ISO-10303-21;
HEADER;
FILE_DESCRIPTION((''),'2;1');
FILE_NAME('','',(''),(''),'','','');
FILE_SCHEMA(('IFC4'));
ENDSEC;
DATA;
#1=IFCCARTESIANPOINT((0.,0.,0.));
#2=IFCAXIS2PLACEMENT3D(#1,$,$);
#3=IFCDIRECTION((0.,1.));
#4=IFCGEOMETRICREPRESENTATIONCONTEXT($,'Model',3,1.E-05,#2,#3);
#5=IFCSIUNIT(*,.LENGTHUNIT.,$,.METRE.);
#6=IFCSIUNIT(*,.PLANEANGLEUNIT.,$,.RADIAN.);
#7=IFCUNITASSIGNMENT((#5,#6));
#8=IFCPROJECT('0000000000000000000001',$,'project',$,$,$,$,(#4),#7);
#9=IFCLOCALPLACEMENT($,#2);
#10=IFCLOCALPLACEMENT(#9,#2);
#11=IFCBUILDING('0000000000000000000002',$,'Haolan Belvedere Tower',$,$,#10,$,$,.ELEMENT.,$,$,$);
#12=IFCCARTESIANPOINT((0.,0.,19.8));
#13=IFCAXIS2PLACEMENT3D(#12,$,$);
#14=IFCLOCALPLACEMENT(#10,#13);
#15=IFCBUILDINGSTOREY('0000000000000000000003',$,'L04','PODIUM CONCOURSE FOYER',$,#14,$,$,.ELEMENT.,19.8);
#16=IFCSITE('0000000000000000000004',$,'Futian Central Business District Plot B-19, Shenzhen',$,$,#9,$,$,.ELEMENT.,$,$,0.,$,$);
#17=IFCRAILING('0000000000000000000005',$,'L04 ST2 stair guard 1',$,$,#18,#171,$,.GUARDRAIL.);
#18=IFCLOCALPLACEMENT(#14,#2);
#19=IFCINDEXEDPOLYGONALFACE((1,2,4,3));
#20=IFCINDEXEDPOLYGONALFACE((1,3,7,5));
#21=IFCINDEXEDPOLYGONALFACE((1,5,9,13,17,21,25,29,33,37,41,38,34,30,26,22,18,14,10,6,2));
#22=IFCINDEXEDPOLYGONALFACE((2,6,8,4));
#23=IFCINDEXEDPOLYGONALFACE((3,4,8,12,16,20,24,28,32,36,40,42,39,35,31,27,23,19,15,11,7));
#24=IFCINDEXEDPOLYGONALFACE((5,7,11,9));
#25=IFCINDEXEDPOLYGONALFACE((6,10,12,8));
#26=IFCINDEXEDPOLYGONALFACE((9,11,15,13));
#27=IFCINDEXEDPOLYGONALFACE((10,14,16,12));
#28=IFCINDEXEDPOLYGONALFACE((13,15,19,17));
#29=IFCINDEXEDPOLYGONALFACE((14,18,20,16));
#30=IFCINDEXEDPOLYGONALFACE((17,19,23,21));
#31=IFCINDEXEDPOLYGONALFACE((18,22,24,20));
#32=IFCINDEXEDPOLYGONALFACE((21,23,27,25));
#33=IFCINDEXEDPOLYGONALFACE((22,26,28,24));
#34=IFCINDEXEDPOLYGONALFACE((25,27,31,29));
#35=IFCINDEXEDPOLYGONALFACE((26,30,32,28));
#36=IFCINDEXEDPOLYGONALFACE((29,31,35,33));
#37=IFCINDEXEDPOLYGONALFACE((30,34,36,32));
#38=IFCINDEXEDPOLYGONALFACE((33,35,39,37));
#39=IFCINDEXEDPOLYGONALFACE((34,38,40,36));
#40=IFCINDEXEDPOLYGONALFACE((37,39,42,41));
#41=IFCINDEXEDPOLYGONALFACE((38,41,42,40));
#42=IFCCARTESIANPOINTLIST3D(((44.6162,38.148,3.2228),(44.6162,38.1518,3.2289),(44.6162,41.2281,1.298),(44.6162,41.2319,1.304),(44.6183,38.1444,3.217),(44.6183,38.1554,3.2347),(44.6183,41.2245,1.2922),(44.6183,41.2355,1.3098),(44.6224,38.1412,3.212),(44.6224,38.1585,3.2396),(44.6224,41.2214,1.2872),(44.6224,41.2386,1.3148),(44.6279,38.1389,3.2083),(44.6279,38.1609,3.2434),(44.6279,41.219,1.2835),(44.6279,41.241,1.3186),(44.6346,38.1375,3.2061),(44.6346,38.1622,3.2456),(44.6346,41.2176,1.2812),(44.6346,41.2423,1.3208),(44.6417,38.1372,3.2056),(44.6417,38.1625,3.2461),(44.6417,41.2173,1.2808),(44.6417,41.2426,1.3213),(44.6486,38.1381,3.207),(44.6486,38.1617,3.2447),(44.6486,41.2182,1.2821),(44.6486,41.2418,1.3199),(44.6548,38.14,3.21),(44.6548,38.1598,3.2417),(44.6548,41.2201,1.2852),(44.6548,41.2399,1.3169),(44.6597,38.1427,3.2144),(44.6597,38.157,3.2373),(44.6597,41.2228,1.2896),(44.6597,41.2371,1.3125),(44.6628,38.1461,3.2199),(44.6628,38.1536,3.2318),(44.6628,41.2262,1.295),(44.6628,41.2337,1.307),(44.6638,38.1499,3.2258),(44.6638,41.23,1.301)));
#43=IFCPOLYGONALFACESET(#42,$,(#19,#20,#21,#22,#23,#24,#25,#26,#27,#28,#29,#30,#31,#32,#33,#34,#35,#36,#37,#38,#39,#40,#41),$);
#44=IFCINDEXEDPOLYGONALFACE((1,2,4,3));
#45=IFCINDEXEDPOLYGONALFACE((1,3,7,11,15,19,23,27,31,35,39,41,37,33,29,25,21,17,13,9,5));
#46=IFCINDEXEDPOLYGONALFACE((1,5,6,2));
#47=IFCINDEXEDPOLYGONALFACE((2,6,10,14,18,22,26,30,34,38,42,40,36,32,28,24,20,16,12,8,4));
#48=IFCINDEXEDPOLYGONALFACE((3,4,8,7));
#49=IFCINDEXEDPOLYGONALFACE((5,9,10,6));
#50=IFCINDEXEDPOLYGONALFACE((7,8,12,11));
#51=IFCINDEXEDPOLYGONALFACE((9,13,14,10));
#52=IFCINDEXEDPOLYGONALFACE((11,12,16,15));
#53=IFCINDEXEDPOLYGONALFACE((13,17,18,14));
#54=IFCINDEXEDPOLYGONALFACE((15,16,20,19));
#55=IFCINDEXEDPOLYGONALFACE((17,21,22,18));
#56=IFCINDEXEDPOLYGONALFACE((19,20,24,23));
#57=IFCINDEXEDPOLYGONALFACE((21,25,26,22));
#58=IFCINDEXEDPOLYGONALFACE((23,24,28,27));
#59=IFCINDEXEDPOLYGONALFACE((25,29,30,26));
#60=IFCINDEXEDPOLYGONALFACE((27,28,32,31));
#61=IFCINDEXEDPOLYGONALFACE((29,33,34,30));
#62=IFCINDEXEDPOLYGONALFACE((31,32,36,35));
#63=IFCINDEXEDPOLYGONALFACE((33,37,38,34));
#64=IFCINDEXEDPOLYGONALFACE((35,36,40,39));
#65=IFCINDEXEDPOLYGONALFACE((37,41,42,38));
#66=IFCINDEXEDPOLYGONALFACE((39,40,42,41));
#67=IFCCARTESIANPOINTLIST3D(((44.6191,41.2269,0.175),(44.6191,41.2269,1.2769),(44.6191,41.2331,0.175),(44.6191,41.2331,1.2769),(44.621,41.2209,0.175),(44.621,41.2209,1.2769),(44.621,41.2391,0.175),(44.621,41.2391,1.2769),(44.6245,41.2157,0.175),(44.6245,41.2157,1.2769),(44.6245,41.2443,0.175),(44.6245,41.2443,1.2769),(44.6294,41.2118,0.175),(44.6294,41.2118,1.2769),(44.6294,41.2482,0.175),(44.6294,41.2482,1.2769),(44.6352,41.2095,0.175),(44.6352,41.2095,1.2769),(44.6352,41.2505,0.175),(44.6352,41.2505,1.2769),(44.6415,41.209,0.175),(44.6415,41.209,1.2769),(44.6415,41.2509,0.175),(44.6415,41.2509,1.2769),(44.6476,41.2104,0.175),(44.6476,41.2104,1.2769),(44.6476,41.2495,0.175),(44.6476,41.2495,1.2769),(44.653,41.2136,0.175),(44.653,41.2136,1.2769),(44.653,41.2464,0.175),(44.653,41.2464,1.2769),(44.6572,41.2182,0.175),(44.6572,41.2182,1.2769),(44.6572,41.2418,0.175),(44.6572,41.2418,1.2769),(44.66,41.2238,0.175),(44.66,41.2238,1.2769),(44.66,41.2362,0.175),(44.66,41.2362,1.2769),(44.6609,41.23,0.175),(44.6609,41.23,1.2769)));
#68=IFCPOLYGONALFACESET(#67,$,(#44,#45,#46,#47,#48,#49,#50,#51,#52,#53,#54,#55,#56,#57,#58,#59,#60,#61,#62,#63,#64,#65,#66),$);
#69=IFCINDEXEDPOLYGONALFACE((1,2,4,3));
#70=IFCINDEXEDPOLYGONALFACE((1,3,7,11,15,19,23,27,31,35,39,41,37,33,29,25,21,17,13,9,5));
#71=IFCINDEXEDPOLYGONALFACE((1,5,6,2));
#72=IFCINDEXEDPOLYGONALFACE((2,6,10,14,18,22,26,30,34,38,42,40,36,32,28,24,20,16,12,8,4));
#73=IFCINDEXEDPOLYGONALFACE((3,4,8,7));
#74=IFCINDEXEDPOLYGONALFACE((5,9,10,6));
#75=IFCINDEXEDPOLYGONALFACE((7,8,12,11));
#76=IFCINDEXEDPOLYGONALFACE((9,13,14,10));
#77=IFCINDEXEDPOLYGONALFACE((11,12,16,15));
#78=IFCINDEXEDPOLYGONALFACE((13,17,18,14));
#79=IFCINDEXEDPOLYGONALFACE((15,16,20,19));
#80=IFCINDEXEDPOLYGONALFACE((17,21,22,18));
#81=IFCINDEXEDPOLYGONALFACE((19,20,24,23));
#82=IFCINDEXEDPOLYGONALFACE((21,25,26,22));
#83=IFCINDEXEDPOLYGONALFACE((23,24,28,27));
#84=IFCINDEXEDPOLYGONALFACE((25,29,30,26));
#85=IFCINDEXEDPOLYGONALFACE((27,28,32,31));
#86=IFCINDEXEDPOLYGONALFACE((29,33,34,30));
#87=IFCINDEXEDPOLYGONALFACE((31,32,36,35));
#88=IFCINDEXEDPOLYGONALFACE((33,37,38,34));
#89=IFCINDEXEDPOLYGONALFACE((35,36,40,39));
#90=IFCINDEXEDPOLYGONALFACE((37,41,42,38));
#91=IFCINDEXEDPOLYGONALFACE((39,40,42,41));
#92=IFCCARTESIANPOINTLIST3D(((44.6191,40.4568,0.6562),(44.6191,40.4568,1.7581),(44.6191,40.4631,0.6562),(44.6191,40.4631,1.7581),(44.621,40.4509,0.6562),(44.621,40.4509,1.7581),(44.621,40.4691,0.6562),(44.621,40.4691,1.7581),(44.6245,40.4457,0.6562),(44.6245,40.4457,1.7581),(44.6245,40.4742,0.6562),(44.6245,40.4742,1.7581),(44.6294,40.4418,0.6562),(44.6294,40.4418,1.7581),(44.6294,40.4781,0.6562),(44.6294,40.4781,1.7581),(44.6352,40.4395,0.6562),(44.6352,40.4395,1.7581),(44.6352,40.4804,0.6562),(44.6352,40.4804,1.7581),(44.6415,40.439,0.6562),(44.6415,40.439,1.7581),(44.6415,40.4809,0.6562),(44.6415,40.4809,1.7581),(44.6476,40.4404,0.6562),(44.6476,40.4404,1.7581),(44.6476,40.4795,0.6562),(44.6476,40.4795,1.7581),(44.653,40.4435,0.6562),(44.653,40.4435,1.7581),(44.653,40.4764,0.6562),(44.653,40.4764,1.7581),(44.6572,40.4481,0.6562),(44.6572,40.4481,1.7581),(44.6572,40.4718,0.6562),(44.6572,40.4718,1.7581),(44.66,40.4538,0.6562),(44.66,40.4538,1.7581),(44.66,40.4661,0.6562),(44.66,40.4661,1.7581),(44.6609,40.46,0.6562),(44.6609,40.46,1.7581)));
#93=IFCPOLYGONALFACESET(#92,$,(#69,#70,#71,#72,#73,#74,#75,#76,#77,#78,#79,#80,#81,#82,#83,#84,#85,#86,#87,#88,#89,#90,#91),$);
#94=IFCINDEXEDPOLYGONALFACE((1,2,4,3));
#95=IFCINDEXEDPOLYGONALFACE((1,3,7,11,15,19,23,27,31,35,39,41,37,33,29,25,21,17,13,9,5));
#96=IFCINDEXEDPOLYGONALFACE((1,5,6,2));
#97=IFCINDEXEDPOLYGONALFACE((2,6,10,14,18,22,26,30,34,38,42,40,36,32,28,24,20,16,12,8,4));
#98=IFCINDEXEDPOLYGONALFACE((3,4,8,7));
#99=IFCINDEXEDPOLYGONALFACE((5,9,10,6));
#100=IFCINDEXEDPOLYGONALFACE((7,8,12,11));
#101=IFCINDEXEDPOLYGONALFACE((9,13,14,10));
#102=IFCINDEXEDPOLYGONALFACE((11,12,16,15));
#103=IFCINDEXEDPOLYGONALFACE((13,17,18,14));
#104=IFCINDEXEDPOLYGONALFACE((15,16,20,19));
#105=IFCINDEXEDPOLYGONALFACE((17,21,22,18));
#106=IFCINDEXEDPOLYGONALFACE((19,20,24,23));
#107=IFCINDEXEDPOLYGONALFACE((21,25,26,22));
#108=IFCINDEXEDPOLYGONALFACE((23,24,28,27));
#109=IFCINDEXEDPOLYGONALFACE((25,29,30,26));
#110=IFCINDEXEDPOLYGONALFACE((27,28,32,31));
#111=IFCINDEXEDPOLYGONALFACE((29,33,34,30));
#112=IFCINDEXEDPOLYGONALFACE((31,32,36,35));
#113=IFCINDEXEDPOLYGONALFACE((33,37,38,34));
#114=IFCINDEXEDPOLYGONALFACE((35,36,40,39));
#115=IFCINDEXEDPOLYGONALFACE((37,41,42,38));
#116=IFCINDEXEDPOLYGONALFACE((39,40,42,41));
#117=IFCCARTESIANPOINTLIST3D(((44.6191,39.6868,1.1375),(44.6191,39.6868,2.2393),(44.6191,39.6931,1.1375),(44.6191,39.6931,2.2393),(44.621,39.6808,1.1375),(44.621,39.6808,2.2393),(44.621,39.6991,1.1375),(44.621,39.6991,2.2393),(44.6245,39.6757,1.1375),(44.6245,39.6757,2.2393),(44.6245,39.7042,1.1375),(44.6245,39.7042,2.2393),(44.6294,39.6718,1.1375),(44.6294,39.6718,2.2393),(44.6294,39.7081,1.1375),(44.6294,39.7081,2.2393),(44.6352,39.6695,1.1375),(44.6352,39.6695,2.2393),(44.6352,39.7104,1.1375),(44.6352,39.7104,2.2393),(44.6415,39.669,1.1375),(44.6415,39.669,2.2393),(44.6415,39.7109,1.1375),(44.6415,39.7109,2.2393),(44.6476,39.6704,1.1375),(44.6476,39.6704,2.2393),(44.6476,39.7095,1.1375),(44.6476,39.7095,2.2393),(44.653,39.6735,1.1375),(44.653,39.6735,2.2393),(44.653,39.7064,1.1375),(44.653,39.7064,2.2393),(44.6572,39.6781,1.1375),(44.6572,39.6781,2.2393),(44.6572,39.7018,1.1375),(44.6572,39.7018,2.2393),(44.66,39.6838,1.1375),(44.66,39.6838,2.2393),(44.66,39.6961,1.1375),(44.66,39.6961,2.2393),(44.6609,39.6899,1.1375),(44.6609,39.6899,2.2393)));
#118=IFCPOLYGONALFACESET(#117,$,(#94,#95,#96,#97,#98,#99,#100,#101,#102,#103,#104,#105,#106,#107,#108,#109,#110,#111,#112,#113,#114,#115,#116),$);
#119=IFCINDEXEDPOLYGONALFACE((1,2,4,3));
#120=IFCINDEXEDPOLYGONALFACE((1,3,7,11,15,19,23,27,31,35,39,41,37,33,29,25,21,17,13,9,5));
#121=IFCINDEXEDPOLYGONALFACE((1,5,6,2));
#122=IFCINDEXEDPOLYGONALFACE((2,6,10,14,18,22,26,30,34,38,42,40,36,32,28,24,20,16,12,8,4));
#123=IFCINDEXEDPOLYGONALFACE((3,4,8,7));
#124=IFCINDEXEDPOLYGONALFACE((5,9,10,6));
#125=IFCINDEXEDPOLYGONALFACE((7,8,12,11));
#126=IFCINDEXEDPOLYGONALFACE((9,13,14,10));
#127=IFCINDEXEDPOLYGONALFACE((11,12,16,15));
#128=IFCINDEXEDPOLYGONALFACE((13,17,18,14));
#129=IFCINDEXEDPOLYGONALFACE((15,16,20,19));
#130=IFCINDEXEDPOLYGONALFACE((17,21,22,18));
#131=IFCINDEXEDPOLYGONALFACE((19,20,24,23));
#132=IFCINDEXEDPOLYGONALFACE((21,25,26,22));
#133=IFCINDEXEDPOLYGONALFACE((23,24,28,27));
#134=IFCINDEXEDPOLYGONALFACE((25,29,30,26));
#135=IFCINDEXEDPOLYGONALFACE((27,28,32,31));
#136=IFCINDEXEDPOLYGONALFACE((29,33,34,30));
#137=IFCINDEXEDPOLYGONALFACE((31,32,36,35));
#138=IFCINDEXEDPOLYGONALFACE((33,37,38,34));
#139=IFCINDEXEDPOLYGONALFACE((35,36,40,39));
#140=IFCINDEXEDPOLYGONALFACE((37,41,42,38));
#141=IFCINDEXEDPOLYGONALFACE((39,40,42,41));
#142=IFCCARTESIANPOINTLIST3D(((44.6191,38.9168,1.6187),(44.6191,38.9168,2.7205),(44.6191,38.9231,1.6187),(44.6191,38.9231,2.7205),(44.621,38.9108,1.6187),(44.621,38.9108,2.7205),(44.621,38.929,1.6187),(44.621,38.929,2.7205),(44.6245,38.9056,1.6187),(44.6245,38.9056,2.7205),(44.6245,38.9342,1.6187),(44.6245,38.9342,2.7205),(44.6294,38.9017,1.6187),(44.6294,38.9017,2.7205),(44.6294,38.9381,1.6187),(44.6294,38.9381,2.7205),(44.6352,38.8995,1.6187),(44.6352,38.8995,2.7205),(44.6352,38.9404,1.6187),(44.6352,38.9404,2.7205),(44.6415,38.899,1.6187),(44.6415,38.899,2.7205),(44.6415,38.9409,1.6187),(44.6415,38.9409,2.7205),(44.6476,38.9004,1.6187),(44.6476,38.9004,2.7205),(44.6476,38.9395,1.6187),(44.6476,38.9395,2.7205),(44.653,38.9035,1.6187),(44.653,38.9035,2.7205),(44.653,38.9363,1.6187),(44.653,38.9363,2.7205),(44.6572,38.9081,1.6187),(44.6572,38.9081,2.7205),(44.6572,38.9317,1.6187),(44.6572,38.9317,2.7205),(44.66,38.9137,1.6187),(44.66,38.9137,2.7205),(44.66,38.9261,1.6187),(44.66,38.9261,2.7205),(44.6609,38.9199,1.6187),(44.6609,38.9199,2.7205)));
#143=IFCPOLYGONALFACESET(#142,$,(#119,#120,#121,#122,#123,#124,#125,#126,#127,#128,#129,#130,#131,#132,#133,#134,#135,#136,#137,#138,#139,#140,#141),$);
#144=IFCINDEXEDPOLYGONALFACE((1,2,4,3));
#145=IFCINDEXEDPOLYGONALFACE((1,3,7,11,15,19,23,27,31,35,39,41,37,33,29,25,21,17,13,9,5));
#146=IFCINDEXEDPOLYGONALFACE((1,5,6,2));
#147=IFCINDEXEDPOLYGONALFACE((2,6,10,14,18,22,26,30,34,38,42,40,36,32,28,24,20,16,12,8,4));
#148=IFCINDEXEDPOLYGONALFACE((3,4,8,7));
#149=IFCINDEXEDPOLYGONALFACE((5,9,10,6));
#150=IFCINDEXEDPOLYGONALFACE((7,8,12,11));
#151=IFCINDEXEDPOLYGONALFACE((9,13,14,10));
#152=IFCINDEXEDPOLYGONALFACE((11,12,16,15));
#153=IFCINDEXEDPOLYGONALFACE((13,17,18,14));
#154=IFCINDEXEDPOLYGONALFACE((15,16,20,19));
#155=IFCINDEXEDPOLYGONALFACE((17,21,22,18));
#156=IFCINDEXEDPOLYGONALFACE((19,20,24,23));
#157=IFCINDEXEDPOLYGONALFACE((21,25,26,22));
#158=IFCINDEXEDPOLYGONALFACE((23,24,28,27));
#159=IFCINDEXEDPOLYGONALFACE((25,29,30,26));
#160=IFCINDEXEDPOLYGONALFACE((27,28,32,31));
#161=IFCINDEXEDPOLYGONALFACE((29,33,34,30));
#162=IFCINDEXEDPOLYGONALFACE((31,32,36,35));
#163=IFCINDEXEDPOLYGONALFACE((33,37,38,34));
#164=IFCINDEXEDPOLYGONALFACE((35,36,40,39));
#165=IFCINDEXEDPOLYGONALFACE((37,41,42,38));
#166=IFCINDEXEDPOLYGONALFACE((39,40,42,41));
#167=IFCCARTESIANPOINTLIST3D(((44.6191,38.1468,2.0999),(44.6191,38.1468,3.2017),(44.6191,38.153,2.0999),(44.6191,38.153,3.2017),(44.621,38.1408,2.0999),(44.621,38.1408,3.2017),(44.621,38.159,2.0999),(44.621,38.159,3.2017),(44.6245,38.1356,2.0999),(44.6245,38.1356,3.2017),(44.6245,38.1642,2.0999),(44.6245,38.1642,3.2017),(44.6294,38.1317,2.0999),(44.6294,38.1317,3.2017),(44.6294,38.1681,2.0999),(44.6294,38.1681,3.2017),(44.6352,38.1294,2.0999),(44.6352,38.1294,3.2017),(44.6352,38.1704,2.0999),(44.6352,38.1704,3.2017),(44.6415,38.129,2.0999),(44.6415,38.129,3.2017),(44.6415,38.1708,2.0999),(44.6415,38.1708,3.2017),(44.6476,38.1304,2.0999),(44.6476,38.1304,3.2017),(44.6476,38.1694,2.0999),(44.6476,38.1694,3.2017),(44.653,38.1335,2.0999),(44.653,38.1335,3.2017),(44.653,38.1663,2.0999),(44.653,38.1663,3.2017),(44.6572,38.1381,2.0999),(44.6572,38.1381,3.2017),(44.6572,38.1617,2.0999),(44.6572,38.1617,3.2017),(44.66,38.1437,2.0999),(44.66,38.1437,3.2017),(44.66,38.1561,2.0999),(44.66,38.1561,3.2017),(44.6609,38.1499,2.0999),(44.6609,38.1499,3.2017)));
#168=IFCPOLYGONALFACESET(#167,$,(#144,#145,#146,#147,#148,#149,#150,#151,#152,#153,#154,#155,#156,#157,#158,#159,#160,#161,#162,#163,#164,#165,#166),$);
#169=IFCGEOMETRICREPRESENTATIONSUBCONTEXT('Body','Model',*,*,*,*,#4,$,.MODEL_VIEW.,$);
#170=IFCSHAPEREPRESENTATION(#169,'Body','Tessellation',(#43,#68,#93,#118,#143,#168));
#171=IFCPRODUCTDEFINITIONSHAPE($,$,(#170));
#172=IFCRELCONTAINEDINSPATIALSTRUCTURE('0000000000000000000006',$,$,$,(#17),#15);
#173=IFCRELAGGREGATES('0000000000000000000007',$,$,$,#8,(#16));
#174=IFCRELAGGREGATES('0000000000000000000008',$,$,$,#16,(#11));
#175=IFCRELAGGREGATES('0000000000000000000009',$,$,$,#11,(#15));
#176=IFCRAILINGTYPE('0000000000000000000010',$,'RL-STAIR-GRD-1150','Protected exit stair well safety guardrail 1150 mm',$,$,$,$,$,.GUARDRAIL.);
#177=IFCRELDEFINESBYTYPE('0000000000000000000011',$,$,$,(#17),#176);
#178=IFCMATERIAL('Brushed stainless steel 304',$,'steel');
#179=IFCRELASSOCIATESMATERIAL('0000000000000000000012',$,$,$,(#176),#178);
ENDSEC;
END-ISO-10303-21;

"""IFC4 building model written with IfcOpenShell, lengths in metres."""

from ifc_helpers import new_model, si_unit, direction, frame, origin, origin_2d, place, context, subcontext, project, spatial, circle, extrude, material, type_object, element, save


model = new_model("IFC4")

# Units and contexts
model_context = context("Model", 3, precision=1e-05, world=origin(), true_north=direction((0.0, 1.0)))
body_context = subcontext(model_context, "Body", "Model", "MODEL_VIEW")
ifc_project = project(units=[si_unit("LENGTHUNIT", "METRE"), si_unit("PLANEANGLEUNIT", "RADIAN")], contexts=[model_context])

# Site, building, storey
site_placement = place(None, origin())
site = spatial("IfcSite", under=ifc_project, at=site_placement, Name="Futian Central Business District Plot B-19, Shenzhen", CompositionType="ELEMENT", RefElevation=0.0)
building_placement = place(site_placement, origin())
building = spatial("IfcBuilding", under=site, at=building_placement, Name="Haolan Belvedere Tower", CompositionType="ELEMENT")
storey_placement = place(building_placement, frame((0.0, 0.0, 19.8)))
storey = spatial("IfcBuildingStorey", under=building, at=storey_placement, Name="L04", Description="PODIUM CONCOURSE FOYER", CompositionType="ELEMENT", Elevation=19.8)

# Railing
ifc_material_1 = material(Name="Brushed stainless steel 304", Category="steel")
railing_type_1 = type_object("IfcRailingType", Name="RL-STAIR-GRD-1150", Description="Protected exit stair well safety guardrail 1150 mm", PredefinedType="GUARDRAIL", material=ifc_material_1)
railing_1_placement = place(storey_placement, frame((44.6399, 41.23, 0.175)))
element("IfcRailing", 1, at=railing_1_placement, inside=storey, type_object=railing_type_1, Name="L04 ST2 stair guard 1", PredefinedType="GUARDRAIL", context=body_context, shape_type="SweptSolid", body=[
    extrude(circle(Radius=0.0239, at=origin_2d()), frame((0.0, 0.0, 1.126), z_axis=(0.0, -0.848029, 0.529951), x_axis=(1.0, 0.0, 0.0)), (0.0, 0.0, 1.0), 3.6321),
    extrude(circle(Radius=0.021, at=origin_2d()), origin(), (0.0, 0.0, 1.0), 1.1018),
    extrude(circle(Radius=0.021, at=origin_2d()), frame((0.0, -0.77, 0.4812)), (0.0, 0.0, 1.0), 1.1018),
    extrude(circle(Radius=0.021, at=origin_2d()), frame((0.0, -1.54, 0.9624)), (0.0, 0.0, 1.0), 1.1018),
    extrude(circle(Radius=0.021, at=origin_2d()), frame((0.0, -2.3101, 1.4436)), (0.0, 0.0, 1.0), 1.1018),
    extrude(circle(Radius=0.021, at=origin_2d()), frame((0.0, -3.0801, 1.9248)), (0.0, 0.0, 1.0), 1.1018),
])

save(model, "model.ifc")
